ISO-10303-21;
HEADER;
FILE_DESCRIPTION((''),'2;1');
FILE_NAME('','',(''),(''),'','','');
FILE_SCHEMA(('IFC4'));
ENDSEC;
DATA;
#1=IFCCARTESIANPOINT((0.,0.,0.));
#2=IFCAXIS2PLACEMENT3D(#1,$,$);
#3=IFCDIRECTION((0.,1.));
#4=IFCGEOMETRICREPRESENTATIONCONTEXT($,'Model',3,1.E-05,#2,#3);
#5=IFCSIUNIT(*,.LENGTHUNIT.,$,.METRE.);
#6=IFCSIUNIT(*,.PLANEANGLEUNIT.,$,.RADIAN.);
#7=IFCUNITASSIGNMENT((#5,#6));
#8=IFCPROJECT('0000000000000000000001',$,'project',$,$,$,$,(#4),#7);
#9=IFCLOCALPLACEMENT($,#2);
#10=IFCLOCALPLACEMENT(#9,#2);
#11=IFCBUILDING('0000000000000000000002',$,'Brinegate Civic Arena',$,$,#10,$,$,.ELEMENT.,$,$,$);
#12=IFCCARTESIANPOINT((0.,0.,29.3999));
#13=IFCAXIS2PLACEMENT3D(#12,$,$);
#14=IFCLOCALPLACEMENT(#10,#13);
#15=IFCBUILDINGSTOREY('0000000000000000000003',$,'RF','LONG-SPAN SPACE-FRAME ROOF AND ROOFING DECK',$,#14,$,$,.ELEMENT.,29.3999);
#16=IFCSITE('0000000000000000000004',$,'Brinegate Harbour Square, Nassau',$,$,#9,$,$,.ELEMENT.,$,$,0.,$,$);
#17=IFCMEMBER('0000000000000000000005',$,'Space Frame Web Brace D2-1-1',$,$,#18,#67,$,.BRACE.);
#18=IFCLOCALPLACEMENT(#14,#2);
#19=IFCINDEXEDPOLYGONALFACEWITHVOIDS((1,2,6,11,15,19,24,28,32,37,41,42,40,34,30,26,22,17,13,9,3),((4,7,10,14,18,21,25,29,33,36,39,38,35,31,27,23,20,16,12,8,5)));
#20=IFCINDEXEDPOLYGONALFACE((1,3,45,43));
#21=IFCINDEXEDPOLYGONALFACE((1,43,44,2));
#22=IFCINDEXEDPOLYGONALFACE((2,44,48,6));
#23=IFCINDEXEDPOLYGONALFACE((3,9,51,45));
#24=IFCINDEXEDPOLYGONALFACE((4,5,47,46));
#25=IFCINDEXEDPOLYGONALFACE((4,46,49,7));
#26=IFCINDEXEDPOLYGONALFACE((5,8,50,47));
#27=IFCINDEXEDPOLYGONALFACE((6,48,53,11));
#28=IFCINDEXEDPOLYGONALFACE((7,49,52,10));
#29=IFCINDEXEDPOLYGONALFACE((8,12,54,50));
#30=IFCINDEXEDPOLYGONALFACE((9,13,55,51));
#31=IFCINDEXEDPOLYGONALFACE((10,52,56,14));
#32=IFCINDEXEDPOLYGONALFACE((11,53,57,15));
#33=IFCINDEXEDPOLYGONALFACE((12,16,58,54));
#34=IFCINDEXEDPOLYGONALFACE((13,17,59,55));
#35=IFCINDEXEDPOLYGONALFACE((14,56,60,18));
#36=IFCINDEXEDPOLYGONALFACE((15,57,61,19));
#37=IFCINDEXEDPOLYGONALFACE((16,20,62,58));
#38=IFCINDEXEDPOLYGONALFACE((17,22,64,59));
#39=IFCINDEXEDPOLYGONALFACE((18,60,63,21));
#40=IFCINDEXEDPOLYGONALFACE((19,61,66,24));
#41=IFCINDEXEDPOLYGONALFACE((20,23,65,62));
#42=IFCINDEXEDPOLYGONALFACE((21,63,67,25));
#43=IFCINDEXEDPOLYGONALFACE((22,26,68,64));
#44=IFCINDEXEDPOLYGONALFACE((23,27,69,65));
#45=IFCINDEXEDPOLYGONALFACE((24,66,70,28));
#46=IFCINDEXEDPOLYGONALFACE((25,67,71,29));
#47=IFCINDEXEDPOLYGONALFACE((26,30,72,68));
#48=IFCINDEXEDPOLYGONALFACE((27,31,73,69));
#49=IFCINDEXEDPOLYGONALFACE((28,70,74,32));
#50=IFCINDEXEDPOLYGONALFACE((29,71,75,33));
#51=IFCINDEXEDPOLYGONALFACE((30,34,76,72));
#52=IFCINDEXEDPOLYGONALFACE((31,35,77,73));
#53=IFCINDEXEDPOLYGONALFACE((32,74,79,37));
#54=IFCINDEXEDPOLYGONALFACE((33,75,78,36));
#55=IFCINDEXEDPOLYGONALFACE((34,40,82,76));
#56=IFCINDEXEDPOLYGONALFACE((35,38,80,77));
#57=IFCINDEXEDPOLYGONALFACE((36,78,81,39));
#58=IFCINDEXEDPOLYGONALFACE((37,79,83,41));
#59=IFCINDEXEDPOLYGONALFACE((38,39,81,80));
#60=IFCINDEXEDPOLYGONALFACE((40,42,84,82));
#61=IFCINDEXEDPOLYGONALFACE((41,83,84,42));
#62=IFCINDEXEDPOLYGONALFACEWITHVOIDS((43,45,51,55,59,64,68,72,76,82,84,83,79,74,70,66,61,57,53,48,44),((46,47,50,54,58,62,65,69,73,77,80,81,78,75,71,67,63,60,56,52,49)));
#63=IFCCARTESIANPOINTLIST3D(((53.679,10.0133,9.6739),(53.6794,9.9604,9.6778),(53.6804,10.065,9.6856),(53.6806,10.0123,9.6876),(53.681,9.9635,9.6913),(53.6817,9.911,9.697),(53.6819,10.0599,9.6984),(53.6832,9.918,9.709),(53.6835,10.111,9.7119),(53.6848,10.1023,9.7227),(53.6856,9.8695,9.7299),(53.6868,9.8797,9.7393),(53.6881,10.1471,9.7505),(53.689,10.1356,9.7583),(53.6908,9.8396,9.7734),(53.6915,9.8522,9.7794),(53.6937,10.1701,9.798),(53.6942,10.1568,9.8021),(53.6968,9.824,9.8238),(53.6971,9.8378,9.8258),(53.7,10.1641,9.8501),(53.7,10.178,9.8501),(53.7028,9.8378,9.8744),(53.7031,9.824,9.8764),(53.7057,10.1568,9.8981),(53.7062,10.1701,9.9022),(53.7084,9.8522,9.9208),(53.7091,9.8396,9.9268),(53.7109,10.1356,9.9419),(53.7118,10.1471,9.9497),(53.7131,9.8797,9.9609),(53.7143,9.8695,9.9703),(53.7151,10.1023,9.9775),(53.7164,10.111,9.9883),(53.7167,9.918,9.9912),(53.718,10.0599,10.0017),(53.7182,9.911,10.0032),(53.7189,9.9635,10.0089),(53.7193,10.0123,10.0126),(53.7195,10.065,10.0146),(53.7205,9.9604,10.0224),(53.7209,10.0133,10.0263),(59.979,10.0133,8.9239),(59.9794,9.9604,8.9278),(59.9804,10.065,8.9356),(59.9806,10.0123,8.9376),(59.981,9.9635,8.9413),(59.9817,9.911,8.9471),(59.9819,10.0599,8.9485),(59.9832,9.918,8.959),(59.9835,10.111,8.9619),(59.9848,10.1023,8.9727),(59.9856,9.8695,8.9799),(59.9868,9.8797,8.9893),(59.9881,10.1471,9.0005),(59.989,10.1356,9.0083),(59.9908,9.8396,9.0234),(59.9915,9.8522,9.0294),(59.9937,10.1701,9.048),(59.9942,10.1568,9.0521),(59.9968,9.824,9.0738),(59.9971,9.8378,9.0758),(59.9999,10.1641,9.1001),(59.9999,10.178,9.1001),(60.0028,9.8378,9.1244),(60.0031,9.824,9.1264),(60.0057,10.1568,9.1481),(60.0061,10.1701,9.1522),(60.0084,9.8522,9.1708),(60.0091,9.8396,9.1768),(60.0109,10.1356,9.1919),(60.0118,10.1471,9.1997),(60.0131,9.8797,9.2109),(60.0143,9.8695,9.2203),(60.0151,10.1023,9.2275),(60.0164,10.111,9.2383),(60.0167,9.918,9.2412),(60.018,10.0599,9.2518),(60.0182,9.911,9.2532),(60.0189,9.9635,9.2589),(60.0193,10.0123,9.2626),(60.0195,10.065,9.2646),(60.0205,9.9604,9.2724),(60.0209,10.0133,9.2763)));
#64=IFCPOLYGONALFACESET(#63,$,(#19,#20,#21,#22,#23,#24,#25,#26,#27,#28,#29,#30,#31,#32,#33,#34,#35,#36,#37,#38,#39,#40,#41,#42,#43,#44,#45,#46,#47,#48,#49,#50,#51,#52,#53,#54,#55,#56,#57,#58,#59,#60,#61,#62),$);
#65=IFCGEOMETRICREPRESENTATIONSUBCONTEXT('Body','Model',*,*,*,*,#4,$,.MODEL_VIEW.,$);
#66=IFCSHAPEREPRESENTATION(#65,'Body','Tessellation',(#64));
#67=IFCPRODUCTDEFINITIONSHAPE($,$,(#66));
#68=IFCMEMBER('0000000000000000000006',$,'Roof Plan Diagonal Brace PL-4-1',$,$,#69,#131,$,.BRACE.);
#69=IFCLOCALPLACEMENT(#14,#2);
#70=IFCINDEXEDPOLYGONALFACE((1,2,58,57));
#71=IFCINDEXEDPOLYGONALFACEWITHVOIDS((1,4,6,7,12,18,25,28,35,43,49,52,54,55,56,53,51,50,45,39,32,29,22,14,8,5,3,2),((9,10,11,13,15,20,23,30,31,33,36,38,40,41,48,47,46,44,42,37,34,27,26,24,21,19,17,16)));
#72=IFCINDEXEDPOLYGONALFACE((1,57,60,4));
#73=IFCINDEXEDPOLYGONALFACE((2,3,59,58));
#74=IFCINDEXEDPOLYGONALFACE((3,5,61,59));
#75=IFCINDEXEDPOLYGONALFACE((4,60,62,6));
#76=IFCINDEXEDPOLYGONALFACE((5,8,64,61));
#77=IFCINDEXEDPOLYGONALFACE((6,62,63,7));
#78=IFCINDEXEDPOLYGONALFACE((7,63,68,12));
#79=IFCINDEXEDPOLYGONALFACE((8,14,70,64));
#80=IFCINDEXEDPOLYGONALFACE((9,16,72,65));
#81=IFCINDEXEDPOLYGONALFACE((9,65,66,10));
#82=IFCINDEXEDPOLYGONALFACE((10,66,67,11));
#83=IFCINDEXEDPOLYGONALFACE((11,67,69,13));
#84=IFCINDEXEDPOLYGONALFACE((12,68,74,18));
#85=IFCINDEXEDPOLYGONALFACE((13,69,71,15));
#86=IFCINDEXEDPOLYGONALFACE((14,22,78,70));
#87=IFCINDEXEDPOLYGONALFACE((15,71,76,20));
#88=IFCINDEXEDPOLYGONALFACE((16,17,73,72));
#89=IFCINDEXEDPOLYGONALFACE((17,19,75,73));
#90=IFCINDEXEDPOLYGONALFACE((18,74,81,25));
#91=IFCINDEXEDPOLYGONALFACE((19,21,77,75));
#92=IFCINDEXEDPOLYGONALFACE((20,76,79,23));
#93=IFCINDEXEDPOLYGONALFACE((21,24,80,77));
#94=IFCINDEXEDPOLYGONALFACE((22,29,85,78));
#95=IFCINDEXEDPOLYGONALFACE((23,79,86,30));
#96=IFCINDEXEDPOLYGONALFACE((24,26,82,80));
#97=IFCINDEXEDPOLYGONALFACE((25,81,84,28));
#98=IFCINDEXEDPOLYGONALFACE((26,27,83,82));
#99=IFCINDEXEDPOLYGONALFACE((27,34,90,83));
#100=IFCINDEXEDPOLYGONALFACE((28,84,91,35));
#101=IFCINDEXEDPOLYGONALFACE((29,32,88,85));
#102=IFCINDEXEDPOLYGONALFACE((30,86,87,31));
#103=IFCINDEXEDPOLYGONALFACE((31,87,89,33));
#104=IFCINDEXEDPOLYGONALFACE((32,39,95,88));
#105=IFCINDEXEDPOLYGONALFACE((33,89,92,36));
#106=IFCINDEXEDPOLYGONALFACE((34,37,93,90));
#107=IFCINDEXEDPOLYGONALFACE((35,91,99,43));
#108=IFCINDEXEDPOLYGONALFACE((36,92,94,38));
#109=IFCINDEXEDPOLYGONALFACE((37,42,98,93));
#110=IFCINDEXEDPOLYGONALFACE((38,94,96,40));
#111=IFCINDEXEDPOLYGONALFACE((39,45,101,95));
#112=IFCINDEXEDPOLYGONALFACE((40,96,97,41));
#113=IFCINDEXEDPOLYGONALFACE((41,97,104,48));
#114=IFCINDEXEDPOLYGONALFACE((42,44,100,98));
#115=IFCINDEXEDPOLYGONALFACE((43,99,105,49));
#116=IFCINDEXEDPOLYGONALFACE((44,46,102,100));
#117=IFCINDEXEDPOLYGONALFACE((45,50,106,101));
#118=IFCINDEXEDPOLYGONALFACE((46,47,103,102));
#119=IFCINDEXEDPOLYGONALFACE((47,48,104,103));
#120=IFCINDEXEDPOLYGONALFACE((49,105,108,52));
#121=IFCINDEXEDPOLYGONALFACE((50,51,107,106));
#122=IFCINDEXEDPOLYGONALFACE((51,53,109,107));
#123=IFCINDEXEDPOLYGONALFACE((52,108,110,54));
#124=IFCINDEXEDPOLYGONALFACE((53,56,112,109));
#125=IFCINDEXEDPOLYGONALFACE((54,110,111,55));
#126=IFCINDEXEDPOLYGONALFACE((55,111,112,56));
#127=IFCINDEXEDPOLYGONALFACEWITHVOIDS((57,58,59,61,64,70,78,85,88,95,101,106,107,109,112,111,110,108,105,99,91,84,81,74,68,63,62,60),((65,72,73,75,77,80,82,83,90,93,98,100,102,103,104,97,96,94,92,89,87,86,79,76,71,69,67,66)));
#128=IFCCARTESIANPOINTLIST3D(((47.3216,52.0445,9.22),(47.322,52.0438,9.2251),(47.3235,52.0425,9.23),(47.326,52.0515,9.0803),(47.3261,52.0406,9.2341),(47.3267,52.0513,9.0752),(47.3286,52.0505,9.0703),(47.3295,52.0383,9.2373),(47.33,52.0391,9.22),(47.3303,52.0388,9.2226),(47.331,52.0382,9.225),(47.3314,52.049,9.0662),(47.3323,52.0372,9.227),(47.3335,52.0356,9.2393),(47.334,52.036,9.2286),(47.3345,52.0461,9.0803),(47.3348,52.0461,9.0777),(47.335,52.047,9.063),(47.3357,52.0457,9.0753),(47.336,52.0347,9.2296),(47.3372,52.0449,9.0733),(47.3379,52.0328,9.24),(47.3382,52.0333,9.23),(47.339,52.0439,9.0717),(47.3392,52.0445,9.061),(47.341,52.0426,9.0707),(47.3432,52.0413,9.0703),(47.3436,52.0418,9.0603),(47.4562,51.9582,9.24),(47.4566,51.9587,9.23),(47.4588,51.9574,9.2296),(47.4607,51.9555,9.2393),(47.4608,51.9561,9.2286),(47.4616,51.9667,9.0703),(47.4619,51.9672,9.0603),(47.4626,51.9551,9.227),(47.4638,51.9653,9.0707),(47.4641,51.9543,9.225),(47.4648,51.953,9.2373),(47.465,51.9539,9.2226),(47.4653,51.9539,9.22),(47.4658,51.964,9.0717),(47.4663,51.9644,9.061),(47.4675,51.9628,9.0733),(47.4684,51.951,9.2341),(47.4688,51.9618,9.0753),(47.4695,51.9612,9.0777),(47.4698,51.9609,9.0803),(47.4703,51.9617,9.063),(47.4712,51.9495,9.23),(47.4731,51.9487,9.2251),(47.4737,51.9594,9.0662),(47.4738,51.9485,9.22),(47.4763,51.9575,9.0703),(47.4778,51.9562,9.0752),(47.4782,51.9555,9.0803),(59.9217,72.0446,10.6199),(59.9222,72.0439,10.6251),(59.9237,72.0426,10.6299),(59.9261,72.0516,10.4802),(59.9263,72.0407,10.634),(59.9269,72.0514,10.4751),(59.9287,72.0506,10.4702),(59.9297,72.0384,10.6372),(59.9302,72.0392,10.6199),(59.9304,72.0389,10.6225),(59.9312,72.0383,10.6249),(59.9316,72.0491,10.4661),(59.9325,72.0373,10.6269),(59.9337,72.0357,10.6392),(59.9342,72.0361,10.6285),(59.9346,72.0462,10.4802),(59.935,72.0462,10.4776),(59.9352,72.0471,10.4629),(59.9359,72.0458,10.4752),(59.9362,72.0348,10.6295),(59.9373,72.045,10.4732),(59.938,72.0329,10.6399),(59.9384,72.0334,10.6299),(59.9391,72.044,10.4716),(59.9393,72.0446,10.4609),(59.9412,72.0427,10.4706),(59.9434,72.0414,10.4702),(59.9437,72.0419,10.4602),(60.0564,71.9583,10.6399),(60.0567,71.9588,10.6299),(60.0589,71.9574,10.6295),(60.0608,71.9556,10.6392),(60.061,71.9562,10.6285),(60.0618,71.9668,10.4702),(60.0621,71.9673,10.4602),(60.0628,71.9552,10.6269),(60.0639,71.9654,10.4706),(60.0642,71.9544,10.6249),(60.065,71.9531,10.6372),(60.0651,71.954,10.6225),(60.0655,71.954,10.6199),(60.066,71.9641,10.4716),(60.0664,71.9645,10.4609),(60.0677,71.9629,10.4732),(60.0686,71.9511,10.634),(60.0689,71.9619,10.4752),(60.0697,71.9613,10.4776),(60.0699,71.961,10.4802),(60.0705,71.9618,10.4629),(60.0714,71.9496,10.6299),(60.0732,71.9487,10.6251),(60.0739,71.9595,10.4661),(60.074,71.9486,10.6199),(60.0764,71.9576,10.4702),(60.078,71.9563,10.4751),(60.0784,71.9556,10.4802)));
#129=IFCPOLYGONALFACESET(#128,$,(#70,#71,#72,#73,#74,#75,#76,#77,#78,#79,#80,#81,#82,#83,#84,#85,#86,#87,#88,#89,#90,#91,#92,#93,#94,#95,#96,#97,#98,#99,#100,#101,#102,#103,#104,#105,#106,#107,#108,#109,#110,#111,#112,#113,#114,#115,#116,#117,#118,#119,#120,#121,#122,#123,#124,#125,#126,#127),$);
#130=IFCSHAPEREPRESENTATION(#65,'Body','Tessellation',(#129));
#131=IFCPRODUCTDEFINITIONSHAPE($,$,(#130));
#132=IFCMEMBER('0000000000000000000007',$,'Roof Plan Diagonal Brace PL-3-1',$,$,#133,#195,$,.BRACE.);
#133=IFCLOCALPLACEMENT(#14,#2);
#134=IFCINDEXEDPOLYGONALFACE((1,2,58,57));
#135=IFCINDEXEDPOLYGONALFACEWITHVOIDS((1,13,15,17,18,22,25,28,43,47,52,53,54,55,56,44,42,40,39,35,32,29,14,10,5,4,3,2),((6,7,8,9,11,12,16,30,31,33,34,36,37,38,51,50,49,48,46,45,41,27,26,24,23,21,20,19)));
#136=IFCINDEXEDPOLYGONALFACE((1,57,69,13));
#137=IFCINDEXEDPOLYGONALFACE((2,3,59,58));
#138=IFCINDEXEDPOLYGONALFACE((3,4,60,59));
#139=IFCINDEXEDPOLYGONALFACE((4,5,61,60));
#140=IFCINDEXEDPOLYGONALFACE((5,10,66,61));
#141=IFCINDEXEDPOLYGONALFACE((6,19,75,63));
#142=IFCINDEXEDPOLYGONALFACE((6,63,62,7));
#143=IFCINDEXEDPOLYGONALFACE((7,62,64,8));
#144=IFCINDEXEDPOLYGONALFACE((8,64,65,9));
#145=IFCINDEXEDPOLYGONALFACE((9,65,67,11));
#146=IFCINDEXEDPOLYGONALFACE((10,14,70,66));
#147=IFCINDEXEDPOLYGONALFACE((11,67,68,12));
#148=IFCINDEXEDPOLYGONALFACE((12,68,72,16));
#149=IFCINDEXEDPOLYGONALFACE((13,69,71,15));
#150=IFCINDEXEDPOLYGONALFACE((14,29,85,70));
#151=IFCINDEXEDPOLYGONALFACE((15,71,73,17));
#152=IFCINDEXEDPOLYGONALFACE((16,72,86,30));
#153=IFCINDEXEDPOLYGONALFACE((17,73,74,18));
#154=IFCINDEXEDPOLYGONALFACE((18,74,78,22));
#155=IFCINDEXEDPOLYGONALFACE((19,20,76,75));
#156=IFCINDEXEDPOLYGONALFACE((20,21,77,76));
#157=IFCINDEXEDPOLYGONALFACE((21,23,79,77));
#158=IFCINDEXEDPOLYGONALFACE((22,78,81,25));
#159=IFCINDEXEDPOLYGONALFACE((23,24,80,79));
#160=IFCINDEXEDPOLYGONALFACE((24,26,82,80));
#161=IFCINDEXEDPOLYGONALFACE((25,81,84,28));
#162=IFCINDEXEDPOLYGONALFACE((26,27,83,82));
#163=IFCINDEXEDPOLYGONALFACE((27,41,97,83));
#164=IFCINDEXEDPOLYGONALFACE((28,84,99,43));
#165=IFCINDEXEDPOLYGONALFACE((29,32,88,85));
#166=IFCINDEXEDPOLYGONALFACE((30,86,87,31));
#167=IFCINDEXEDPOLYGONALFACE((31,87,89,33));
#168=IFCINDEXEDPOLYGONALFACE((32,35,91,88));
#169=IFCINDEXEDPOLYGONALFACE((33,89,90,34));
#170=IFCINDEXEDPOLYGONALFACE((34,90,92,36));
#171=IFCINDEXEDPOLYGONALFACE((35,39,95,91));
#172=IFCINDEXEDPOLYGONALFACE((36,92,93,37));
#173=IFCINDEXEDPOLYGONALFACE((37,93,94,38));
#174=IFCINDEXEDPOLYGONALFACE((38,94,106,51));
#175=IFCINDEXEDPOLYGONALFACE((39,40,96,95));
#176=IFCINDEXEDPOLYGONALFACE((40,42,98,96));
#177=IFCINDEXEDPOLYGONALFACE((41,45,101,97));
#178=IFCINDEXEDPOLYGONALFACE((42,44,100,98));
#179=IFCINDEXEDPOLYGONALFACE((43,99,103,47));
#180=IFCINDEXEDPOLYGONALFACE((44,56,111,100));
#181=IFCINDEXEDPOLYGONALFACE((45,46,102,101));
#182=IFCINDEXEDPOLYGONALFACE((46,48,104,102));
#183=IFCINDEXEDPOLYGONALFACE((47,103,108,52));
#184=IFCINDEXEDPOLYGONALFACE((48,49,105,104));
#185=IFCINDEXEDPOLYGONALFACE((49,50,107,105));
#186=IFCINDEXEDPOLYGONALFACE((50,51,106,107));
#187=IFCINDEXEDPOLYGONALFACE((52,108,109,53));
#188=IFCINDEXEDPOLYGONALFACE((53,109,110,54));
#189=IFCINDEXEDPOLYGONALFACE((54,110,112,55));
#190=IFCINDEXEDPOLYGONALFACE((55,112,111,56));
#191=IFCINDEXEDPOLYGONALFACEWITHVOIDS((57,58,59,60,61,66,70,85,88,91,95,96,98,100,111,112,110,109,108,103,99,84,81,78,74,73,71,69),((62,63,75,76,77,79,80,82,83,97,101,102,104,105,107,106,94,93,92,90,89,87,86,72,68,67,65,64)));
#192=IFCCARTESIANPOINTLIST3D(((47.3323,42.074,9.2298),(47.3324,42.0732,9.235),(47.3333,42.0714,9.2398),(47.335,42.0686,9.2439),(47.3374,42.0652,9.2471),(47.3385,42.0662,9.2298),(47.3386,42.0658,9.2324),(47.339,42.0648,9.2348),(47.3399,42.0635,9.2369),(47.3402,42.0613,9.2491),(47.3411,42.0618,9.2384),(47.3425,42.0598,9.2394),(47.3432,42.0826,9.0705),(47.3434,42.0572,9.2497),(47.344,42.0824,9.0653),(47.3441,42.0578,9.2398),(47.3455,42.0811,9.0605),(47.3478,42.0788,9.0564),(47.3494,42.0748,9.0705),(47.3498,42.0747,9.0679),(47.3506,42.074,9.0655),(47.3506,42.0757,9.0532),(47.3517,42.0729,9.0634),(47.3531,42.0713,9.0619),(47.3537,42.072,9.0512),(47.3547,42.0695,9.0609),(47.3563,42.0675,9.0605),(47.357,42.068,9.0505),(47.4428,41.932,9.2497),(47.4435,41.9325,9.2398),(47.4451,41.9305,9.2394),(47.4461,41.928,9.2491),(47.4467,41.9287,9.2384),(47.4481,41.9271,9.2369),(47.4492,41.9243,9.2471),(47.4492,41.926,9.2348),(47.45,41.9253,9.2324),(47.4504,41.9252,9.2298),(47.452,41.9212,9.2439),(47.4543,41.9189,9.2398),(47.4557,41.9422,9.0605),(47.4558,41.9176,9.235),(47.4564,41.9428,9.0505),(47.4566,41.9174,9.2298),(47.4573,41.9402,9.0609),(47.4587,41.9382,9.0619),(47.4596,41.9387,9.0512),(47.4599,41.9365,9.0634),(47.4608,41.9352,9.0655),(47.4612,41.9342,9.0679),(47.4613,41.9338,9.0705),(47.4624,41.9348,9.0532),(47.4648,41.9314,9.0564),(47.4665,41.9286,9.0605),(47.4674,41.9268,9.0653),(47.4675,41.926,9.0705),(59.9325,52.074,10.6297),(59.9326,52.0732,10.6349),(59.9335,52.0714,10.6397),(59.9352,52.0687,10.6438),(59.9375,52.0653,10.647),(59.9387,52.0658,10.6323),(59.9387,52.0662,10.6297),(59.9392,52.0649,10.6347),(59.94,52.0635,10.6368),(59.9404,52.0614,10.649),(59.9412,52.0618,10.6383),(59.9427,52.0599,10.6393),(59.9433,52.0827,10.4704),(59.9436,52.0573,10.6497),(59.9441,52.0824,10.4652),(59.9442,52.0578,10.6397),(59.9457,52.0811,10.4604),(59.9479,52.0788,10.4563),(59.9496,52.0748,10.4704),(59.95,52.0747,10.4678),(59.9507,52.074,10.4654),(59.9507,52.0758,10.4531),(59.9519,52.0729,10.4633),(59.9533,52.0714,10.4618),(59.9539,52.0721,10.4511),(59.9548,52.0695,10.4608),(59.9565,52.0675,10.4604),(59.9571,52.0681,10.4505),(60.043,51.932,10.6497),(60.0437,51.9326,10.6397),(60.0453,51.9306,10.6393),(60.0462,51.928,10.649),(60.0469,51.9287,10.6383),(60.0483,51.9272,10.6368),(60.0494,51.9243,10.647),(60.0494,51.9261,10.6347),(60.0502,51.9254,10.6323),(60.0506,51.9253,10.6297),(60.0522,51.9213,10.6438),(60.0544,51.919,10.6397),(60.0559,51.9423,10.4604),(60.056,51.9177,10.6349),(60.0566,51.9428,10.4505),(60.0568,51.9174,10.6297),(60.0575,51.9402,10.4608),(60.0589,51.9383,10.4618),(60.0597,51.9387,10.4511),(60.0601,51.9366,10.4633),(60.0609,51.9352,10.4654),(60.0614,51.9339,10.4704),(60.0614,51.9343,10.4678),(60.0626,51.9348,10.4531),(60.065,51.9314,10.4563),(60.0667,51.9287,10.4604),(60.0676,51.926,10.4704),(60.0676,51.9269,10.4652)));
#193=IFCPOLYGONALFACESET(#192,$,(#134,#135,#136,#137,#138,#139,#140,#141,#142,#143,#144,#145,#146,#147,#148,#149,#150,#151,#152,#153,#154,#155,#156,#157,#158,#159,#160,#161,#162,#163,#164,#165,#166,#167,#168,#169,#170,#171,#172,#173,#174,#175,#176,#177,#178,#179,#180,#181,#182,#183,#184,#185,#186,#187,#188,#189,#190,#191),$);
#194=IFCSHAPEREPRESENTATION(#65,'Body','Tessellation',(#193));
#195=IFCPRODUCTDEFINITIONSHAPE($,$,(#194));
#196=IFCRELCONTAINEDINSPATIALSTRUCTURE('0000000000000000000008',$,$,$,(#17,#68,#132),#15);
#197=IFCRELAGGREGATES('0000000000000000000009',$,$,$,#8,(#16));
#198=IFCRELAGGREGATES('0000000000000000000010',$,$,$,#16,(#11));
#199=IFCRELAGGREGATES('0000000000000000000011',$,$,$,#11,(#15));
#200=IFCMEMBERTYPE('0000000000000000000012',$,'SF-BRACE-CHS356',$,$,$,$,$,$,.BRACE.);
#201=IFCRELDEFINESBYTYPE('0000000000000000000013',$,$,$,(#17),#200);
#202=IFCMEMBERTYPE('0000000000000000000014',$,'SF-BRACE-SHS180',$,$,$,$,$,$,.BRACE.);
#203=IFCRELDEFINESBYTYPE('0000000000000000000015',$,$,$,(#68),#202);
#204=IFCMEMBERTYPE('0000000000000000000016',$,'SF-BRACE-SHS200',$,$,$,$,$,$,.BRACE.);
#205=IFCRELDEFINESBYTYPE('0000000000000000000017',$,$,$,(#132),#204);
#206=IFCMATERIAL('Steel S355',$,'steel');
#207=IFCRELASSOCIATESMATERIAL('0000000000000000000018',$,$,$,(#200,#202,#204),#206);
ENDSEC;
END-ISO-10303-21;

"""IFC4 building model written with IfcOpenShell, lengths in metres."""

from ifc_helpers import new_model, si_unit, direction, frame, origin, origin_2d, place, context, subcontext, project, spatial, hollow_rectangle, hollow_circle, extrude, material, material_profile, profile_set, type_object, element, save


model = new_model("IFC4")

# Units and contexts
model_context = context("Model", 3, precision=1e-05, world=origin(), true_north=direction((0.0, 1.0)))
body_context = subcontext(model_context, "Body", "Model", "MODEL_VIEW")
ifc_project = project(units=[si_unit("LENGTHUNIT", "METRE"), si_unit("PLANEANGLEUNIT", "RADIAN")], contexts=[model_context])

# Site, building, storey
site_placement = place(None, origin())
site = spatial("IfcSite", under=ifc_project, at=site_placement, Name="Brinegate Harbour Square, Nassau", CompositionType="ELEMENT", RefElevation=0.0)
building_placement = place(site_placement, origin())
building = spatial("IfcBuilding", under=site, at=building_placement, Name="Brinegate Civic Arena", CompositionType="ELEMENT")
storey_placement = place(building_placement, frame((0.0, 0.0, 29.3999)))
storey = spatial("IfcBuildingStorey", under=building, at=storey_placement, Name="RF", Description="LONG-SPAN SPACE-FRAME ROOF AND ROOFING DECK", CompositionType="ELEMENT", Elevation=29.3999)

# Shared definitions
ifc_material_1 = material(Name="Steel S355", Category="steel")

# Members
ifc_material_profile_1 = material_profile(ifc_material_1, hollow_circle(Radius=0.178, WallThickness=0.0139, at=origin_2d()), Name="CHS356X14")
ifc_profile_set_1 = profile_set([ifc_material_profile_1], Name="Steel S355")
member_type_1 = type_object("IfcMemberType", Name="SF-BRACE-CHS356", PredefinedType="BRACE", material=ifc_profile_set_1)
member_1_placement = place(storey_placement, frame((53.7, 10.0, 9.8501), z_axis=(0.992988, 0.0, -0.118212), x_axis=(0.0, 1.0, 0.0)))
element("IfcMember", 1, at=member_1_placement, inside=storey, type_object=member_type_1, Name="Space Frame Web Brace D2-1-1", PredefinedType="BRACE", context=body_context, shape_type="SweptSolid", body=[
    extrude(hollow_circle(Radius=0.178, WallThickness=0.0139, at=origin_2d()), origin(), (0.0, 0.0, 1.0), 6.3445),
])
ifc_material_profile_2 = material_profile(ifc_material_1, hollow_rectangle(XDim=0.1799, YDim=0.1799, WallThickness=0.01, InnerFilletRadius=0.01, OuterFilletRadius=0.02, at=origin_2d()), Name="SHS180X10")
ifc_profile_set_2 = profile_set([ifc_material_profile_2], Name="Steel S355")
member_type_2 = type_object("IfcMemberType", Name="SF-BRACE-SHS180", PredefinedType="BRACE", material=ifc_profile_set_2)
member_2_placement = place(storey_placement, frame((47.3999, 52.0, 9.1501), z_axis=(0.532108, 0.84461, 0.059119), x_axis=(-0.84609, 0.533041, 0.0)))
element("IfcMember", 2, at=member_2_placement, inside=storey, type_object=member_type_2, Name="Roof Plan Diagonal Brace PL-4-1", PredefinedType="BRACE", context=body_context, shape_type="SweptSolid", body=[
    extrude(hollow_rectangle(XDim=0.1799, YDim=0.1799, WallThickness=0.01, InnerFilletRadius=0.01, OuterFilletRadius=0.02, at=origin_2d()), origin(), (0.0, 0.0, 1.0), 23.6797),
])
ifc_material_profile_3 = material_profile(ifc_material_1, hollow_rectangle(XDim=0.2, YDim=0.2, WallThickness=0.01, InnerFilletRadius=0.01, OuterFilletRadius=0.02, at=origin_2d()), Name="SHS200X10")
ifc_profile_set_3 = profile_set([ifc_material_profile_3], Name="Steel S355")
member_type_3 = type_object("IfcMemberType", Name="SF-BRACE-SHS200", PredefinedType="BRACE", material=ifc_profile_set_3)
member_3_placement = place(storey_placement, frame((47.3999, 42.0, 9.1501), z_axis=(0.780342, 0.619314, 0.086698), x_axis=(-0.621655, 0.783291, 0.0)))
element("IfcMember", 3, at=member_3_placement, inside=storey, type_object=member_type_3, Name="Roof Plan Diagonal Brace PL-3-1", PredefinedType="BRACE", context=body_context, shape_type="SweptSolid", body=[
    extrude(hollow_rectangle(XDim=0.2, YDim=0.2, WallThickness=0.01, InnerFilletRadius=0.01, OuterFilletRadius=0.02, at=origin_2d()), origin(), (0.0, 0.0, 1.0), 16.147),
])

save(model, "model.ifc")
